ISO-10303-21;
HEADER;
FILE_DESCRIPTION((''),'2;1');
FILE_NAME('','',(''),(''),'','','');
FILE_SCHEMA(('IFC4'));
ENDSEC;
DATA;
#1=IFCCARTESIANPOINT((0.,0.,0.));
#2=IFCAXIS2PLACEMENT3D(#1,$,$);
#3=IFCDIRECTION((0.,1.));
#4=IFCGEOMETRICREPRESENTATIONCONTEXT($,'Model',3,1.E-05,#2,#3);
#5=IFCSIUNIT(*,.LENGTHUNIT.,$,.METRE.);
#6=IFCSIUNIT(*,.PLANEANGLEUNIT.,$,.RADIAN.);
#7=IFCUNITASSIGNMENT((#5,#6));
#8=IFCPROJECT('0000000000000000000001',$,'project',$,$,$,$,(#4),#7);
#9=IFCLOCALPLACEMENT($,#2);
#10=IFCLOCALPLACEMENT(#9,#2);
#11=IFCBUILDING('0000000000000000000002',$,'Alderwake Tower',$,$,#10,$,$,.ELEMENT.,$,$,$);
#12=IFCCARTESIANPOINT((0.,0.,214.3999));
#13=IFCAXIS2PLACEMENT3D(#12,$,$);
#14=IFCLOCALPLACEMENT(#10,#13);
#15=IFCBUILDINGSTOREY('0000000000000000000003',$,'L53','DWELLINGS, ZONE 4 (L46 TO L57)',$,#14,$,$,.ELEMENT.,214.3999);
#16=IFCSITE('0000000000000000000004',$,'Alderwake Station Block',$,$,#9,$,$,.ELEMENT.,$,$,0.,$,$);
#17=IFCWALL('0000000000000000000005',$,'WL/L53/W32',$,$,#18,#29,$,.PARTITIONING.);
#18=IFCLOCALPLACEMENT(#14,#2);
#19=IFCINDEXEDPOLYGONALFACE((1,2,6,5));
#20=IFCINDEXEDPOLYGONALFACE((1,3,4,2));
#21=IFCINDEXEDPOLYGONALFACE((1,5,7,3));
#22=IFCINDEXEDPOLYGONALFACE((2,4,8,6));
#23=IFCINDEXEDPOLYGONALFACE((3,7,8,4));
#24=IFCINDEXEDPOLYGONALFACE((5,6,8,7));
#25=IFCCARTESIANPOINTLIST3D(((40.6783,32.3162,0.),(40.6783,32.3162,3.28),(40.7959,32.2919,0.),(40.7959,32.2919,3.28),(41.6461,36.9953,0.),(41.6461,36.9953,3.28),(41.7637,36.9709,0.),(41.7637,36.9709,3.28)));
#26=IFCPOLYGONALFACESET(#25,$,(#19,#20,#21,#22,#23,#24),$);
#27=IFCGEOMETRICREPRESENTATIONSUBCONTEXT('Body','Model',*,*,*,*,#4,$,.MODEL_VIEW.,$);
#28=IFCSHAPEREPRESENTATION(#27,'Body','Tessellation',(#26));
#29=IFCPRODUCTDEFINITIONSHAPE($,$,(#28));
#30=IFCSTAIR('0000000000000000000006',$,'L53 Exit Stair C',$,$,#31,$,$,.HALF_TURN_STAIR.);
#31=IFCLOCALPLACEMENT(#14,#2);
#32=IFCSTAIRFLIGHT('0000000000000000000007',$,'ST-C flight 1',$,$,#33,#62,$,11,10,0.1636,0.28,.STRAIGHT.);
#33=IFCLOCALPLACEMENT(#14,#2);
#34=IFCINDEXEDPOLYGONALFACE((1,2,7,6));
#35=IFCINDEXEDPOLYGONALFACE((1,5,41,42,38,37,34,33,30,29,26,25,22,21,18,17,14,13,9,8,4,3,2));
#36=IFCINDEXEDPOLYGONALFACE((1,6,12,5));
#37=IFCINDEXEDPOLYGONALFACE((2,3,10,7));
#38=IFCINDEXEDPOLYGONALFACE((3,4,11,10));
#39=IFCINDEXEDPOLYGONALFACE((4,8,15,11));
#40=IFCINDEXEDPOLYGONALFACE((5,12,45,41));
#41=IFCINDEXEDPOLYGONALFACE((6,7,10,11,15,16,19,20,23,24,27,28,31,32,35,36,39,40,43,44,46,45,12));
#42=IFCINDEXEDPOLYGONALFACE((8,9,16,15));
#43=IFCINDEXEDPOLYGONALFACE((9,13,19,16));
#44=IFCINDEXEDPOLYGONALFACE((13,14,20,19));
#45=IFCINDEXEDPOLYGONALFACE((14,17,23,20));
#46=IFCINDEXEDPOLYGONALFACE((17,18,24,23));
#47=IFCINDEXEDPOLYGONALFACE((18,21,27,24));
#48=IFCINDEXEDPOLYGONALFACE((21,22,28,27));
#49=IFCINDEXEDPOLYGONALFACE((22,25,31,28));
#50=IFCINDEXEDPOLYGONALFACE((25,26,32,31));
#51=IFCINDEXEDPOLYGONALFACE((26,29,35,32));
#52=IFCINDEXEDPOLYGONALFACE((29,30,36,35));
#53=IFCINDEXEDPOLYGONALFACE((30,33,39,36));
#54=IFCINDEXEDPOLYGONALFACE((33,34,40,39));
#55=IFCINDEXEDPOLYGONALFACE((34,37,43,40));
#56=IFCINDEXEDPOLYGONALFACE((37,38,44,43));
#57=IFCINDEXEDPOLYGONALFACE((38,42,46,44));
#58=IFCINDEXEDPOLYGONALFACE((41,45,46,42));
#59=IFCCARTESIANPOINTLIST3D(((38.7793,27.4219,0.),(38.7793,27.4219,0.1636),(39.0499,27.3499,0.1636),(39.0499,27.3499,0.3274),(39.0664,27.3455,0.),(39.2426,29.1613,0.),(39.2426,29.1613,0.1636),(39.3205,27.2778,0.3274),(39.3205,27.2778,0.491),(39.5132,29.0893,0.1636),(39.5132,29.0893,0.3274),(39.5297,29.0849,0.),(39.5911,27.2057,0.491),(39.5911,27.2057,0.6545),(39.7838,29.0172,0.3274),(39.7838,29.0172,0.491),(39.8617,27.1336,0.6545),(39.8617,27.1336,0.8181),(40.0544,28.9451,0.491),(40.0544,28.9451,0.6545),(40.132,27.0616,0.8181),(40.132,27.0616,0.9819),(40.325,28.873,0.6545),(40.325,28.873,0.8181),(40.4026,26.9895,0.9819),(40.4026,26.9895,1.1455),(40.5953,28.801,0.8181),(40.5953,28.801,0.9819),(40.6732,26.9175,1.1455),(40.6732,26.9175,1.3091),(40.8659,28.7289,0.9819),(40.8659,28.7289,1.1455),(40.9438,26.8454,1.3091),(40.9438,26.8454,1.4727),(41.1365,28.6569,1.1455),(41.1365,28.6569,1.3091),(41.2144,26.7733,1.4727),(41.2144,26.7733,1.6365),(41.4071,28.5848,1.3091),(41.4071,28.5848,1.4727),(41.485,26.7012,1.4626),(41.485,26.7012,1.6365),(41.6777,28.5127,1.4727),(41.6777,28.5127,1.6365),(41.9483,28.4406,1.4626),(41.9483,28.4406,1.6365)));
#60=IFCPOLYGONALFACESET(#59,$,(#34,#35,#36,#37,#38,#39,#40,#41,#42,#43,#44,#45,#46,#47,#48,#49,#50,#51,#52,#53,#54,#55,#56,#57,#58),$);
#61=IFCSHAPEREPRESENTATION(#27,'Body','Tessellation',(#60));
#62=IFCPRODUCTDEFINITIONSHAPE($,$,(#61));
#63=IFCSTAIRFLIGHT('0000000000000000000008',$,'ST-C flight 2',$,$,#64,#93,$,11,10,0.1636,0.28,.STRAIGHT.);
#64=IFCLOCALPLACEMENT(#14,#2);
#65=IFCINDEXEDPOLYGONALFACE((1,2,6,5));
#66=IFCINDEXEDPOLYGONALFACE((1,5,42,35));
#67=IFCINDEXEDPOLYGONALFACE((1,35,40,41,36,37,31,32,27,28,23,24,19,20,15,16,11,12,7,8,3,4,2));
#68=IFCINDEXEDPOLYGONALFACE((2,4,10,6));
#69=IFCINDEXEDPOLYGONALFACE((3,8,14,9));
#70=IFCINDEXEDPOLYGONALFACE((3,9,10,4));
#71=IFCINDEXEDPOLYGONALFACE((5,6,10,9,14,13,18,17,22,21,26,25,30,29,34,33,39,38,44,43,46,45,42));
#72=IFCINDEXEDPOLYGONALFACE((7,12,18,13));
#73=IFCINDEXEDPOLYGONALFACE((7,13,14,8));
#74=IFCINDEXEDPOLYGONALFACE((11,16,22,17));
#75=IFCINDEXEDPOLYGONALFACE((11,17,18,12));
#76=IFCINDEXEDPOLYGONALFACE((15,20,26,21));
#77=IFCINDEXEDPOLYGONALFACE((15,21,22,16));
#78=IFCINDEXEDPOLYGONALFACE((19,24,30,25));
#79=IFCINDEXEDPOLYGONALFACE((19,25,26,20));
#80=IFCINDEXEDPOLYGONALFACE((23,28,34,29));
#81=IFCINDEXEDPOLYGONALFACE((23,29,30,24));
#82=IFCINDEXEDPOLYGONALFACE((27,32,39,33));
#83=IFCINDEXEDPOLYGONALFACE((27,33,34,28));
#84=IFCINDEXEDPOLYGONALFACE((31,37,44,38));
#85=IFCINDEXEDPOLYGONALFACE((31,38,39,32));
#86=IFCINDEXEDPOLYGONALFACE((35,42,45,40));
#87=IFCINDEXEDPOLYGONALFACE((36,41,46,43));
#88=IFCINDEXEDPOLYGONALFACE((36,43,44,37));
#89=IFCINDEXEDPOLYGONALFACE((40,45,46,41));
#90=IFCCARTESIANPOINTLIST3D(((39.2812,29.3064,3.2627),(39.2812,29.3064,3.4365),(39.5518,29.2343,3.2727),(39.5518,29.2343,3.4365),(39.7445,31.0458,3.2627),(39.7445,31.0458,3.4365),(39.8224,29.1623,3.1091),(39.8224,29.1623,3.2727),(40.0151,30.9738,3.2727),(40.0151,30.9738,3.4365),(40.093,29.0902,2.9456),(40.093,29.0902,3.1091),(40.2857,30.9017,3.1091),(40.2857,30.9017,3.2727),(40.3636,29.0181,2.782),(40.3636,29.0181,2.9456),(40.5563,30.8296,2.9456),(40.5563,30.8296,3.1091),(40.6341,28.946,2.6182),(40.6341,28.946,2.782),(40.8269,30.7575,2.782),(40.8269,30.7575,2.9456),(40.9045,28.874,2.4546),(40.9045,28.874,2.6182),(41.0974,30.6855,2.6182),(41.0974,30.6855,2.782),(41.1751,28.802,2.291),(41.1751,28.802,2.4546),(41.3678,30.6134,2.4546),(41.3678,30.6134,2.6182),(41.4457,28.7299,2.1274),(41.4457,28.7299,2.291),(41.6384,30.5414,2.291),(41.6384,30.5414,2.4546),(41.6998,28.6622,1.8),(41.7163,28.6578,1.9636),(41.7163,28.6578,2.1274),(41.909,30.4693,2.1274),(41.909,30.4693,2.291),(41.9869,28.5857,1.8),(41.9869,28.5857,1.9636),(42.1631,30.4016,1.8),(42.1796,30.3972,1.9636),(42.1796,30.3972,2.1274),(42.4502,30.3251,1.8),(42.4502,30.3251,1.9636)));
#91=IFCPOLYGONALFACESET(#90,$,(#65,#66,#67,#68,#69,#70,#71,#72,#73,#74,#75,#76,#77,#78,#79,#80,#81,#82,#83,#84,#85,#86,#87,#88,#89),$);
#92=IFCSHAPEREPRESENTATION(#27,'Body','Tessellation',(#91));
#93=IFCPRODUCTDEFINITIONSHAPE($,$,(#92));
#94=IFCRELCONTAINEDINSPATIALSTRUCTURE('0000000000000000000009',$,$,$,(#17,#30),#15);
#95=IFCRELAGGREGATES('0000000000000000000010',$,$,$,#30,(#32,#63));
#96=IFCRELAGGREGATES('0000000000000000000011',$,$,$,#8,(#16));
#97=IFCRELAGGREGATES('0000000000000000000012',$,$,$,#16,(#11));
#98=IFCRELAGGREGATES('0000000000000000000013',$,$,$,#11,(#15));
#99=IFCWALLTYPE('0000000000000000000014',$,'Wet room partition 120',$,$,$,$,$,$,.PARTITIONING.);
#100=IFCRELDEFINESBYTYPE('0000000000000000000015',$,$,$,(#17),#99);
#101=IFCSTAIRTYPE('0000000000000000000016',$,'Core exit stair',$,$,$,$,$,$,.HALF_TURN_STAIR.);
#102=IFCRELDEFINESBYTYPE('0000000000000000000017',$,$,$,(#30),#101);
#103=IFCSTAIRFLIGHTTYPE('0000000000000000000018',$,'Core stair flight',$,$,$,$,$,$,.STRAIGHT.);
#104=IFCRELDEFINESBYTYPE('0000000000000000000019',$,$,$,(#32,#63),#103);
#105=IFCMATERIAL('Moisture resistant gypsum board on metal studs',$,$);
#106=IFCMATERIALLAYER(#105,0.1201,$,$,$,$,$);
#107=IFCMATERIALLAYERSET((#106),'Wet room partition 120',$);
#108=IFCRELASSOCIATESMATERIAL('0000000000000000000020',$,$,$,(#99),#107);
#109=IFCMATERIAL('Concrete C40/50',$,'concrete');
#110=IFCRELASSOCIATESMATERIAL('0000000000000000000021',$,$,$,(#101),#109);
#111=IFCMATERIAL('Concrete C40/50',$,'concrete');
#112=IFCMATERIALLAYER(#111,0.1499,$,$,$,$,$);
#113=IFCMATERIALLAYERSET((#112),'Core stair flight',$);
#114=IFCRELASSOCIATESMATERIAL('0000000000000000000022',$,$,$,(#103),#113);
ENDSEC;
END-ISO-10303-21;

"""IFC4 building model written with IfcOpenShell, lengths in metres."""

from ifc_helpers import new_model, si_unit, direction, frame, frame_2d, origin, place, context, subcontext, project, spatial, polyline, rectangle, outline, extrude, material, layer, layer_set, type_object, element, aggregate, save


model = new_model("IFC4")

# Units and contexts
model_context = context("Model", 3, precision=1e-05, world=origin(), true_north=direction((0.0, 1.0)))
body_context = subcontext(model_context, "Body", "Model", "MODEL_VIEW")
ifc_project = project(units=[si_unit("LENGTHUNIT", "METRE"), si_unit("PLANEANGLEUNIT", "RADIAN")], contexts=[model_context])

# Site, building, storey
site_placement = place(None, origin())
site = spatial("IfcSite", under=ifc_project, at=site_placement, Name="Alderwake Station Block", CompositionType="ELEMENT", RefElevation=0.0)
building_placement = place(site_placement, origin())
building = spatial("IfcBuilding", under=site, at=building_placement, Name="Alderwake Tower", CompositionType="ELEMENT")
storey_placement = place(building_placement, frame((0.0, 0.0, 214.3999)))
storey = spatial("IfcBuildingStorey", under=building, at=storey_placement, Name="L53", Description="DWELLINGS, ZONE 4 (L46 TO L57)", CompositionType="ELEMENT", Elevation=214.3999)

# Wall
ifc_material_1 = material(Name="Moisture resistant gypsum board on metal studs")
ifc_layer_1 = layer(ifc_material_1, 0.1201)
ifc_layer_set_1 = layer_set([ifc_layer_1], Name="Wet room partition 120")
wall_type_1 = type_object("IfcWallType", Name="Wet room partition 120", PredefinedType="PARTITIONING", material=ifc_layer_set_1)
wall_1_placement = place(storey_placement, frame((40.7371, 32.304, 0.0), z_axis=(0.0, 0.0, 1.0), x_axis=(0.202548, 0.979272, 0.0)))
element("IfcWall", 1, at=wall_1_placement, inside=storey, type_object=wall_type_1, Name="WL/L53/W32", PredefinedType="PARTITIONING", context=body_context, shape_type="SweptSolid", body=[
    extrude(rectangle(XDim=4.7781, YDim=0.1201, at=frame_2d((2.3892, 0.0))), origin(), (0.0, 0.0, 1.0), 3.28),
])

# Stair, stair flights
ifc_material_2 = material(Name="Concrete C40/50", Category="concrete")
stair_type = type_object("IfcStairType", Name="Core exit stair", PredefinedType="HALF_TURN_STAIR", material=ifc_material_2)
stair_placement = place(storey_placement, origin())
stair = element("IfcStair", 2, at=stair_placement, inside=storey, type_object=stair_type, Name="L53 Exit Stair C", PredefinedType="HALF_TURN_STAIR")
ifc_material_3 = material(Name="Concrete C40/50", Category="concrete")
ifc_layer_2 = layer(ifc_material_3, 0.1499)
ifc_layer_set_2 = layer_set([ifc_layer_2], Name="Core stair flight")
stair_flight_type = type_object("IfcStairFlightType", Name="Core stair flight", PredefinedType="STRAIGHT", material=ifc_layer_set_2)
stair_flight_1_placement = place(storey_placement, frame((39.011, 28.2917, 0.0), z_axis=(0.0, 0.0, 1.0), x_axis=(0.96631, -0.257382, 0.0)))
stair_flight_1 = element("IfcStairFlight", 3, at=stair_flight_1_placement, type_object=stair_flight_type, Name="ST-C flight 1", NumberOfRisers=11, NumberOfTreads=10, PredefinedType="STRAIGHT", RiserHeight=0.1636, TreadLength=0.28, context=body_context, shape_type="SweptSolid", body=[
    extrude(outline(polyline([(0.0, 0.0), (0.0, 0.1636), (0.28, 0.1636), (0.28, 0.3274), (0.5601, 0.3274), (0.5601, 0.491), (0.8401, 0.491), (0.8401, 0.6545), (1.1201, 0.6545), (1.1201, 0.8181), (1.3999, 0.8181), (1.3999, 0.9819), (1.6799, 0.9819), (1.6799, 1.1455), (1.96, 1.1455), (1.96, 1.3091), (2.24, 1.3091), (2.24, 1.4727), (2.52, 1.4727), (2.52, 1.6365), (2.8, 1.6365), (2.8, 1.8), (2.8, 1.4626), (0.2971, 0.0), (0.0, 0.0)])), frame((0.0, 0.8999, 0.0), z_axis=(0.0, -1.0, 0.0), x_axis=(1.0, 0.0, 0.0)), (0.0, 0.0, 1.0), 1.8),
])
stair_flight_2_placement = place(storey_placement, frame((42.2185, 29.4553, 1.8), z_axis=(0.0, 0.0, 1.0), x_axis=(-0.96631, 0.257382, 0.0)))
stair_flight_2 = element("IfcStairFlight", 4, at=stair_flight_2_placement, type_object=stair_flight_type, Name="ST-C flight 2", NumberOfRisers=11, NumberOfTreads=10, PredefinedType="STRAIGHT", RiserHeight=0.1636, TreadLength=0.28, context=body_context, shape_type="SweptSolid", body=[
    extrude(outline(polyline([(0.0, 0.0), (0.0, 0.1636), (0.28, 0.1636), (0.28, 0.3274), (0.5601, 0.3274), (0.5601, 0.491), (0.8401, 0.491), (0.8401, 0.6545), (1.1201, 0.6545), (1.1201, 0.8181), (1.3999, 0.8181), (1.3999, 0.9819), (1.6799, 0.9819), (1.6799, 1.1455), (1.96, 1.1455), (1.96, 1.3091), (2.24, 1.3091), (2.24, 1.4727), (2.52, 1.4727), (2.52, 1.6365), (2.8, 1.6365), (2.8, 1.8), (2.8, 1.4626), (0.2971, 0.0), (0.0, 0.0)])), frame((0.0, 0.8999, 0.0), z_axis=(0.0, -1.0, 0.0), x_axis=(1.0, 0.0, 0.0)), (0.0, 0.0, 1.0), 1.8),
])
aggregate(stair, [stair_flight_1, stair_flight_2])

save(model, "model.ifc")
